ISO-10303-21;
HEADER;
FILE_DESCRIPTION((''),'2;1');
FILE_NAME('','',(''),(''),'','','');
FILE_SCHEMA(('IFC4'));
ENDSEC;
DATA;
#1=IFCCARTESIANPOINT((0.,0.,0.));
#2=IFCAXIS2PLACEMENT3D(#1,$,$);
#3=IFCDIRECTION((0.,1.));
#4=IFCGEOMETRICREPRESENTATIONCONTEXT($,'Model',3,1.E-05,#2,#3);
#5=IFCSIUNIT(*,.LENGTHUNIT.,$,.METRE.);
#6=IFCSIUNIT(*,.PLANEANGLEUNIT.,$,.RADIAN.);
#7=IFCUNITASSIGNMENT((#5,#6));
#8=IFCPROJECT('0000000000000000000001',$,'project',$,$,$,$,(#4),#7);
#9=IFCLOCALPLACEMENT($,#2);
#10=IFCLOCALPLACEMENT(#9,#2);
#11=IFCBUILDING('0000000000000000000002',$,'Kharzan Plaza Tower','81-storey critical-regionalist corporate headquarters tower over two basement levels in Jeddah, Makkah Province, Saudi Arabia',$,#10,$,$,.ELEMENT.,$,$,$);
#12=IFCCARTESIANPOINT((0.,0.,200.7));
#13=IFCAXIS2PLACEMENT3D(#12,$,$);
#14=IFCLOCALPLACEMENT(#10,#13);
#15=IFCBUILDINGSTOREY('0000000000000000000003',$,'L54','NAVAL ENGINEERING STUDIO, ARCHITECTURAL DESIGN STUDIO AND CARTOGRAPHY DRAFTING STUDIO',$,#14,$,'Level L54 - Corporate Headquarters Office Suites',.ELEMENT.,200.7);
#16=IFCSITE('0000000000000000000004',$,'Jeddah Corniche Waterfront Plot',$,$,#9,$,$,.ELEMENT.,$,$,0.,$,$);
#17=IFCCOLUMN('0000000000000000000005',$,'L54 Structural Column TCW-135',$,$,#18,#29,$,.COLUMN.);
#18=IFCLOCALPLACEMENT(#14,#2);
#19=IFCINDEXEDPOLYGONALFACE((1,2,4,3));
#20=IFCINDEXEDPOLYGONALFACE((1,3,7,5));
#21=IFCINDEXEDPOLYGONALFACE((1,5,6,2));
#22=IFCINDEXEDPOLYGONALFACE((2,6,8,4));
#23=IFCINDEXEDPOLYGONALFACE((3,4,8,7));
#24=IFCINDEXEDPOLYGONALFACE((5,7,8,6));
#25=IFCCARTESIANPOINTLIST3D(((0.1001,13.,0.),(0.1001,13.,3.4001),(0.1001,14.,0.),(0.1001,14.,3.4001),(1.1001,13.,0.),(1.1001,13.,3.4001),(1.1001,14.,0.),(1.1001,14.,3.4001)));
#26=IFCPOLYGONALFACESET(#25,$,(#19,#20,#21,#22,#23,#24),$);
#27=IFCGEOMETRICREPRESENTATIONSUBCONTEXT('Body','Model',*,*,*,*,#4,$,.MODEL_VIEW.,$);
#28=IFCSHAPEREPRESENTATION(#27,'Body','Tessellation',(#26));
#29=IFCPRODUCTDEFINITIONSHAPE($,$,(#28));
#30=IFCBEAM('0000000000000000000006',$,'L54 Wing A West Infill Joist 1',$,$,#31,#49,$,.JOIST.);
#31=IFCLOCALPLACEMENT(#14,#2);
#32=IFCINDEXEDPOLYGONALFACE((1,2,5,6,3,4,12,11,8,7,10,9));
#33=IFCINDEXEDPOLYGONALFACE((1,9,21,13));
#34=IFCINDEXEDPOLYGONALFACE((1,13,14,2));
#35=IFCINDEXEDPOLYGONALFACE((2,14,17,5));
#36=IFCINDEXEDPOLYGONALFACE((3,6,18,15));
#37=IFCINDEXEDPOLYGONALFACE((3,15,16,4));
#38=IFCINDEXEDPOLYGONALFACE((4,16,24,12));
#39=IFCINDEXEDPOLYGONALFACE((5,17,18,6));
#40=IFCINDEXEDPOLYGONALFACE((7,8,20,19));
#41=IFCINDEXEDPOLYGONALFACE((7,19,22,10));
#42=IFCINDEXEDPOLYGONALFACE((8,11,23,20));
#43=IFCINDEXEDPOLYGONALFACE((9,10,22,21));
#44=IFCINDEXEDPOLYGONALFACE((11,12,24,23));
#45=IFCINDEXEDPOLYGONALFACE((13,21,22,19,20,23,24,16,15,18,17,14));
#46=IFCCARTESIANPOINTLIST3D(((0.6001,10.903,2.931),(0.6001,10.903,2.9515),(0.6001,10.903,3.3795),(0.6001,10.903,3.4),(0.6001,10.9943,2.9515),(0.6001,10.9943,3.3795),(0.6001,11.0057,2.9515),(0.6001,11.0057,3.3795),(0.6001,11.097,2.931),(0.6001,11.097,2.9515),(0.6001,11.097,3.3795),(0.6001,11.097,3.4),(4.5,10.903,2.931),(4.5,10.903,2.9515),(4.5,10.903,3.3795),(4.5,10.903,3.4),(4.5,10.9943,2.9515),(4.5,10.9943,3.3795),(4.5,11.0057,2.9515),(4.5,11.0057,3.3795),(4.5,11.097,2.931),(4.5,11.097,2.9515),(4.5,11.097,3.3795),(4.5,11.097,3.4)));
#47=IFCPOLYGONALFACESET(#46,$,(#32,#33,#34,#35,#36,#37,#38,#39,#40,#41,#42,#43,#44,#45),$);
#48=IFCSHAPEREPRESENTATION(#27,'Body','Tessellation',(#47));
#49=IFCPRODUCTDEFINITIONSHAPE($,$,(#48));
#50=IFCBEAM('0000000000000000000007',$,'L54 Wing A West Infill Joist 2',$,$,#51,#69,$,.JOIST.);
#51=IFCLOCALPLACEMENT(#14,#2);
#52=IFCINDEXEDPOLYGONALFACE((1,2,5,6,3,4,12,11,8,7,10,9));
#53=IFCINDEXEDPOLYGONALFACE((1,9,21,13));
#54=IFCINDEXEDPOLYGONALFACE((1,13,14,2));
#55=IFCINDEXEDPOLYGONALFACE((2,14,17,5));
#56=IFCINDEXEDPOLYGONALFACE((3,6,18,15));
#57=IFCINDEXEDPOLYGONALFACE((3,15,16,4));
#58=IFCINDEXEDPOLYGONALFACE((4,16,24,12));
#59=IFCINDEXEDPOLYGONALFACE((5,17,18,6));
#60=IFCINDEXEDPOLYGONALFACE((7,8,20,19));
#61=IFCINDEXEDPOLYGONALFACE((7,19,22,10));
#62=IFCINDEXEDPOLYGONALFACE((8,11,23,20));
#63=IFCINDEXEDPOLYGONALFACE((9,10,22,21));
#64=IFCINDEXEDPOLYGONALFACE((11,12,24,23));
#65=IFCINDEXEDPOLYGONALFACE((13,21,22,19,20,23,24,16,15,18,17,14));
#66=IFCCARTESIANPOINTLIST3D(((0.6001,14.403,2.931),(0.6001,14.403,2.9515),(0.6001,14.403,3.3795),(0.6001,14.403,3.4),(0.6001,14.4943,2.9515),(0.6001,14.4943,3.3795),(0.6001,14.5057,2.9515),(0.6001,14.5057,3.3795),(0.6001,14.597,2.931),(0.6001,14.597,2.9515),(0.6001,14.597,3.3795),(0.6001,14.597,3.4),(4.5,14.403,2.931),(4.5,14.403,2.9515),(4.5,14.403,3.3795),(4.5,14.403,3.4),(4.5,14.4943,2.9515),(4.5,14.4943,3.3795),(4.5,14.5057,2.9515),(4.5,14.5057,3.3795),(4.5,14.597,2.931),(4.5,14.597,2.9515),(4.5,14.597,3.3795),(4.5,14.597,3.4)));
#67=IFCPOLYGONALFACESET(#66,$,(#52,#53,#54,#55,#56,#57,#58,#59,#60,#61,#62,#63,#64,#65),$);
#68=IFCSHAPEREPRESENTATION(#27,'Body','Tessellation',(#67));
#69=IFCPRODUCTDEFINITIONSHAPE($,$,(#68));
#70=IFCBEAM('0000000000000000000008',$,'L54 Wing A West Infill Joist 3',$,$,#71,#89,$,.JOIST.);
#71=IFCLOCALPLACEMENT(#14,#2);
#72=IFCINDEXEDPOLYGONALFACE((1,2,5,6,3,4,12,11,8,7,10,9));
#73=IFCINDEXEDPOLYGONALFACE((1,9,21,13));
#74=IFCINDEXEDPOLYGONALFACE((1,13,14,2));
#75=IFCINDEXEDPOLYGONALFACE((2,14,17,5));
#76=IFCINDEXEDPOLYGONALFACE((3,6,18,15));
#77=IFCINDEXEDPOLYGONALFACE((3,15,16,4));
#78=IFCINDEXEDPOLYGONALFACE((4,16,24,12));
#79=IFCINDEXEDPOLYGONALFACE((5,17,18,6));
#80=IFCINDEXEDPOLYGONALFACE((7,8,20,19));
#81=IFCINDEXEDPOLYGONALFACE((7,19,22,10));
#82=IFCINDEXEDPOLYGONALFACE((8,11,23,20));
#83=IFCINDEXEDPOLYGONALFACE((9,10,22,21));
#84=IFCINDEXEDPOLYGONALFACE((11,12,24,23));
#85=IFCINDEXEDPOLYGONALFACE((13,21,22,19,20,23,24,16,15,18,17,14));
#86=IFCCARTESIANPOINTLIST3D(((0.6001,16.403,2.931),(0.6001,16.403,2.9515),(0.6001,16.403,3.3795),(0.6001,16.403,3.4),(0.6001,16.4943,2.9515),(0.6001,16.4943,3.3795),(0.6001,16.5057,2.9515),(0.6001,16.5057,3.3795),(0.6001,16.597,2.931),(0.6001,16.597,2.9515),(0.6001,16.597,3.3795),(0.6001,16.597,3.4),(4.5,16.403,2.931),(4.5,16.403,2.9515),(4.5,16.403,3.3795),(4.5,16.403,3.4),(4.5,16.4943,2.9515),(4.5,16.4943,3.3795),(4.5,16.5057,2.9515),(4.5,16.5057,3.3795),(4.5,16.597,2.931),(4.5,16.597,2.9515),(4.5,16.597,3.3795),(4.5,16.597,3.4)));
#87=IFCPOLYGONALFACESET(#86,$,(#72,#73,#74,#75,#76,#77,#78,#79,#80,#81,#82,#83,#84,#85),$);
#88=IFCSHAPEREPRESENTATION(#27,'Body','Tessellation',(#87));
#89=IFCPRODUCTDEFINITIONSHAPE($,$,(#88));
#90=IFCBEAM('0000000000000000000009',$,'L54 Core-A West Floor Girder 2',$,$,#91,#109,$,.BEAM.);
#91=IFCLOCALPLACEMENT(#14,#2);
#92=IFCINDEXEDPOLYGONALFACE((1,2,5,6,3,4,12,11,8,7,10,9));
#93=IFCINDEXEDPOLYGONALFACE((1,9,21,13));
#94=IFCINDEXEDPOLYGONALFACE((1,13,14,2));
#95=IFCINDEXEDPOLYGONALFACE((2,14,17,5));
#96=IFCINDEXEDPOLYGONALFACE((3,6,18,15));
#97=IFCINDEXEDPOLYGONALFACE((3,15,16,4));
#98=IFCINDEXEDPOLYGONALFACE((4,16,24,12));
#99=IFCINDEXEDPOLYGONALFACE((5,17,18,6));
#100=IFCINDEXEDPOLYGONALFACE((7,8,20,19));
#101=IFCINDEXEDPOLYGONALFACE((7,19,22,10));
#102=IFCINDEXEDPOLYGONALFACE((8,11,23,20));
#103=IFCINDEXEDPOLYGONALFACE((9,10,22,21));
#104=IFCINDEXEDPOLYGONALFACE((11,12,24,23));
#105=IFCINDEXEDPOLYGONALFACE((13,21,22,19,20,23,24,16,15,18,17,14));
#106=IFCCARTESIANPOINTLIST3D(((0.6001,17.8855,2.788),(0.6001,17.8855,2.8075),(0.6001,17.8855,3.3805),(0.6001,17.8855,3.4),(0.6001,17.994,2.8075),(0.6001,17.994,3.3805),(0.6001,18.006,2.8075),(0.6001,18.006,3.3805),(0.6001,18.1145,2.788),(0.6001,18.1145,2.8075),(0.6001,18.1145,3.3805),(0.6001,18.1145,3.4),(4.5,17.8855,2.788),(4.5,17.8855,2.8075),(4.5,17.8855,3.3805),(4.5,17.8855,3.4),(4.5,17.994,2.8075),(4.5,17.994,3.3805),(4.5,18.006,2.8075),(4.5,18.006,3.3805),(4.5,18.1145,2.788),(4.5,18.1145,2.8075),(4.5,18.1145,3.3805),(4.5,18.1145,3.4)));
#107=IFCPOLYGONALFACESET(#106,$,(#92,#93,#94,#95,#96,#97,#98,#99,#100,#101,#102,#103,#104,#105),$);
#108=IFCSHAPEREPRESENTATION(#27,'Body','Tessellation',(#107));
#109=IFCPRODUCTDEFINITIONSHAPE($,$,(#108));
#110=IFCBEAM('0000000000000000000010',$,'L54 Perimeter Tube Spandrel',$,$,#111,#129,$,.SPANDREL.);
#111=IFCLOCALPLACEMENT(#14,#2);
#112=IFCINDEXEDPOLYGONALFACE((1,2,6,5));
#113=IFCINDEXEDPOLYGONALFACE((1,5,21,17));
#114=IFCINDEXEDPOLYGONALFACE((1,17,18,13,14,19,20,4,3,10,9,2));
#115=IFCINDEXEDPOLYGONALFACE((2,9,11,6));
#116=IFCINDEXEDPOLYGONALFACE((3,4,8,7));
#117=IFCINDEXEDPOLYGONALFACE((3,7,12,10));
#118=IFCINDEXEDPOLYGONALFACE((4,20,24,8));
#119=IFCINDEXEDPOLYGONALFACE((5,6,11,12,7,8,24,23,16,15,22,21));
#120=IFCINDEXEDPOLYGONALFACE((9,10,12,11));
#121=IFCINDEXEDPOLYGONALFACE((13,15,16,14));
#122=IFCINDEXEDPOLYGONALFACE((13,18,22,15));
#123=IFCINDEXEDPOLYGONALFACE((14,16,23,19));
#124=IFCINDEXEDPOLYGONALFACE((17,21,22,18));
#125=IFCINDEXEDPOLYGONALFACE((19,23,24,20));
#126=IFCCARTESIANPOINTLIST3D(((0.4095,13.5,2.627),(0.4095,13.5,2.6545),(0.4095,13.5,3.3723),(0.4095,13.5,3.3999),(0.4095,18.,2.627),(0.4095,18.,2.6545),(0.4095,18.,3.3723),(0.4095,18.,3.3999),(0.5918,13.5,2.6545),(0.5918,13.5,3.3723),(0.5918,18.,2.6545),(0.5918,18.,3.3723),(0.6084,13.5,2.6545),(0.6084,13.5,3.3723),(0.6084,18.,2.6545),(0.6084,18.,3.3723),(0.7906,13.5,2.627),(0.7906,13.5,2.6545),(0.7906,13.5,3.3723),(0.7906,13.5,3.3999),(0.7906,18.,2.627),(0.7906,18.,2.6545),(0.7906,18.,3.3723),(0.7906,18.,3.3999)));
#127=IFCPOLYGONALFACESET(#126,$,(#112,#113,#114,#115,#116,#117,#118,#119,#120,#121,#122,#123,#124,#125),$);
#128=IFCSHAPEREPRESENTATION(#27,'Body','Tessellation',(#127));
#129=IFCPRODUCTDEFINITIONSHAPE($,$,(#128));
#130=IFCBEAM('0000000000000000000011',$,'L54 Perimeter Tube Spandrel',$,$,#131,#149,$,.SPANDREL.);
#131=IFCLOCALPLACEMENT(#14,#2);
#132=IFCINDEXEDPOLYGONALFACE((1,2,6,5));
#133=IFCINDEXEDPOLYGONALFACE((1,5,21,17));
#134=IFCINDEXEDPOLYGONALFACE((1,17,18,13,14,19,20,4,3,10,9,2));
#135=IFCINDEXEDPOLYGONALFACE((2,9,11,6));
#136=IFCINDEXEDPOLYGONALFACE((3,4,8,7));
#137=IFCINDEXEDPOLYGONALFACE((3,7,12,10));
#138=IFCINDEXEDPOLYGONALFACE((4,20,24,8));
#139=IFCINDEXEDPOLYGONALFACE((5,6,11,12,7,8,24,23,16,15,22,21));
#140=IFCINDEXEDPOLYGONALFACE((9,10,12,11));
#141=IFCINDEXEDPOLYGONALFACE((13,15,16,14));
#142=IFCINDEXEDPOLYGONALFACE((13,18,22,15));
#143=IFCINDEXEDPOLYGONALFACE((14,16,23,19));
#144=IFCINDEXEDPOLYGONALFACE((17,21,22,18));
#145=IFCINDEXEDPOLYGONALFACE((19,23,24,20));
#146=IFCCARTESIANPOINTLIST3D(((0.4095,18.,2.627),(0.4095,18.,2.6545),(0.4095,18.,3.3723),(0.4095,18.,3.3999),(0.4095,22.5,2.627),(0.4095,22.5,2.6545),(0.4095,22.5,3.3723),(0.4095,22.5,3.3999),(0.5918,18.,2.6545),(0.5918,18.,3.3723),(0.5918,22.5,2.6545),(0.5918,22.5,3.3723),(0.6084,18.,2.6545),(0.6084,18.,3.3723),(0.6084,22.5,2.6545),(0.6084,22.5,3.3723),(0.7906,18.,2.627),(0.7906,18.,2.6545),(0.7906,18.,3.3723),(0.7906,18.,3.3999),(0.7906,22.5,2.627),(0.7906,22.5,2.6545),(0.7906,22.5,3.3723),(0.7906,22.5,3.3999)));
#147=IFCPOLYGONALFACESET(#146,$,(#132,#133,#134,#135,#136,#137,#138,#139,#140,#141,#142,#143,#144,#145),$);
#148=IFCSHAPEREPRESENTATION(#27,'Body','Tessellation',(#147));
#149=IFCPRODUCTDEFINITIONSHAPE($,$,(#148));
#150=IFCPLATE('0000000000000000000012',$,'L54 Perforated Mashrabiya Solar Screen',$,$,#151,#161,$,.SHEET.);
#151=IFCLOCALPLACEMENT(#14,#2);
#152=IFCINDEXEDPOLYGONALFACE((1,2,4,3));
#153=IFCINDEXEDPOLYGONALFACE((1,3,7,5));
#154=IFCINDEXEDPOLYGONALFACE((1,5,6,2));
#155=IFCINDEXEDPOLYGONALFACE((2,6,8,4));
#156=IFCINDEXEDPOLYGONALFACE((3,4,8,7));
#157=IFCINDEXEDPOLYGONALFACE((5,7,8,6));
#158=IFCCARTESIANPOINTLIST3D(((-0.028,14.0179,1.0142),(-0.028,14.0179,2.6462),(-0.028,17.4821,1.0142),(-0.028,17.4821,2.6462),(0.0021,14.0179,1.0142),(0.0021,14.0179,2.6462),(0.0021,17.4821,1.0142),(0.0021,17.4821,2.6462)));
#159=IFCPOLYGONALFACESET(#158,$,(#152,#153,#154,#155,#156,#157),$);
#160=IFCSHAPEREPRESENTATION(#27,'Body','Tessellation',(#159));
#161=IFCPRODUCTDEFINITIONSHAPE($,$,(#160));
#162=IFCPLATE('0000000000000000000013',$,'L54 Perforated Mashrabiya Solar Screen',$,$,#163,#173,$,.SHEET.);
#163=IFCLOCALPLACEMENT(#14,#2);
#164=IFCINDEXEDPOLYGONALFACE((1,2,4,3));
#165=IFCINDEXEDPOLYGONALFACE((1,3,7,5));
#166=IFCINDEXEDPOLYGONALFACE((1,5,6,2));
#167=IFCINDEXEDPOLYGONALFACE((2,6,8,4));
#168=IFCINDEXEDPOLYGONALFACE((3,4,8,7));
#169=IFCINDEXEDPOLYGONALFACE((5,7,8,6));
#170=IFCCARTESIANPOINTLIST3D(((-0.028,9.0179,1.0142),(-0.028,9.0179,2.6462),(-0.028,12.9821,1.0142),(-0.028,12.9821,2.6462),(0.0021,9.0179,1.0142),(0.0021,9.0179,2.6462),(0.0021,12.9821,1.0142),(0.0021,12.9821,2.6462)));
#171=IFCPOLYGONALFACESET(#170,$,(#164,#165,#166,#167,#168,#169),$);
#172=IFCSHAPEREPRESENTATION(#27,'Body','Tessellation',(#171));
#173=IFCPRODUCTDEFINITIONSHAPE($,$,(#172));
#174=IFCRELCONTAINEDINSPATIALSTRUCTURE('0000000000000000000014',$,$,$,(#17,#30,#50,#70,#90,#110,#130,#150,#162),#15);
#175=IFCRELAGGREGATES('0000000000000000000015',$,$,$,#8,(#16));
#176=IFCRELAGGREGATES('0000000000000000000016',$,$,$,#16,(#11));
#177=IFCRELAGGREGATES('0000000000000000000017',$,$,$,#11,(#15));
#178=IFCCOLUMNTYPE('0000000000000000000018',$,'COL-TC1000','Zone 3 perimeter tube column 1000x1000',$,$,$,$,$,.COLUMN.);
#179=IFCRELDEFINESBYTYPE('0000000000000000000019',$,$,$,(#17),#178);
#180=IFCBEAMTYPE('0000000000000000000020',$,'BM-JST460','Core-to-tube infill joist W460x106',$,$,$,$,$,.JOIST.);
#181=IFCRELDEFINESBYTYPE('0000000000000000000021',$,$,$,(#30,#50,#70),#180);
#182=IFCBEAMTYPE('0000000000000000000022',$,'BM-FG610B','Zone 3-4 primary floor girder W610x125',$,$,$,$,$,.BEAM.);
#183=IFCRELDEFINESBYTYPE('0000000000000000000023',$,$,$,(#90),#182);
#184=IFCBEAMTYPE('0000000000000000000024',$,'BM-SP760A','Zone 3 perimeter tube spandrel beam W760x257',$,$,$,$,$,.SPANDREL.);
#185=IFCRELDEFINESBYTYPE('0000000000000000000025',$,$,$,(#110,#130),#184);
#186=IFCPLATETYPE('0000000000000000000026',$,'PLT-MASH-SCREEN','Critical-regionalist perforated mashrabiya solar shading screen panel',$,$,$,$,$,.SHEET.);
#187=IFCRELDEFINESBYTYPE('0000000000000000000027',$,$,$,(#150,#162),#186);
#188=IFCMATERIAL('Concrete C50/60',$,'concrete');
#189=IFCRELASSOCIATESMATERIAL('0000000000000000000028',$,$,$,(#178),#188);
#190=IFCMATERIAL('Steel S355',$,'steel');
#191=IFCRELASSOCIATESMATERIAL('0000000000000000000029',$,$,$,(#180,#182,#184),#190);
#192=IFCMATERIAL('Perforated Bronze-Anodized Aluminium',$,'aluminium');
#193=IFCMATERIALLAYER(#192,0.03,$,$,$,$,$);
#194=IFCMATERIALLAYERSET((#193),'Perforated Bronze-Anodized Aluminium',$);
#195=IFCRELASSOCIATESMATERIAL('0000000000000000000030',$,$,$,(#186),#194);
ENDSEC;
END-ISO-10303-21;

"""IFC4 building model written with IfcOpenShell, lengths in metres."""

from ifc_helpers import new_model, si_unit, direction, frame, origin, origin_2d, place, context, subcontext, project, spatial, rectangle, i_section, extrude, source, transform, mapped, material, layer, layer_set, material_profile, profile_set, type_object, element, save


model = new_model("IFC4")

# Units and contexts
model_context = context("Model", 3, precision=1e-05, world=origin(), true_north=direction((0.0, 1.0)))
body_context = subcontext(model_context, "Body", "Model", "MODEL_VIEW")
ifc_project = project(units=[si_unit("LENGTHUNIT", "METRE"), si_unit("PLANEANGLEUNIT", "RADIAN")], contexts=[model_context])

# Site, building, storey
site_placement = place(None, origin())
site = spatial("IfcSite", under=ifc_project, at=site_placement, Name="Jeddah Corniche Waterfront Plot", CompositionType="ELEMENT", RefElevation=0.0)
building_placement = place(site_placement, origin())
building = spatial("IfcBuilding", under=site, at=building_placement, Name="Kharzan Plaza Tower", Description="81-storey critical-regionalist corporate headquarters tower over two basement levels in Jeddah, Makkah Province, Saudi Arabia", CompositionType="ELEMENT")
storey_placement = place(building_placement, frame((0.0, 0.0, 200.7)))
storey = spatial("IfcBuildingStorey", under=building, at=storey_placement, Name="L54", Description="NAVAL ENGINEERING STUDIO, ARCHITECTURAL DESIGN STUDIO AND CARTOGRAPHY DRAFTING STUDIO", LongName="Level L54 - Corporate Headquarters Office Suites", CompositionType="ELEMENT", Elevation=200.7)

# Column
ifc_material_1 = material(Name="Concrete C50/60", Category="concrete")
ifc_material_profile_1 = material_profile(ifc_material_1, rectangle(XDim=1.0, YDim=1.0, at=origin_2d()), Name="RC-TC1000x1000")
ifc_profile_set_1 = profile_set([ifc_material_profile_1], Name="Concrete C50/60")
column_type = type_object("IfcColumnType", Name="COL-TC1000", Description="Zone 3 perimeter tube column 1000x1000", PredefinedType="COLUMN", material=ifc_profile_set_1)
shared_shape_1 = source(origin(), body_context, "Body", "SweptSolid", [
    extrude(rectangle(XDim=1.0, YDim=1.0, at=origin_2d()), origin(), (0.0, 0.0, 1.0), 3.4001),
])
column_placement = place(storey_placement, frame((0.6001, 13.5, 0.0), z_axis=(0.0, 0.0, 1.0), x_axis=(1.0, 0.0, 0.0)))
element("IfcColumn", 1, at=column_placement, inside=storey, type_object=column_type, Name="L54 Structural Column TCW-135", PredefinedType="COLUMN", context=body_context, shape_type="MappedRepresentation", body=[
    mapped(shared_shape_1, transform((0.0, 0.0, 0.0), x_axis=(1.0, 0.0, 0.0), y_axis=(0.0, 1.0, 0.0), z_axis=(0.0, 0.0, 1.0))),
])

# Beams
ifc_material_2 = material(Name="Steel S355", Category="steel")
ifc_material_profile_2 = material_profile(ifc_material_2, i_section(OverallWidth=0.1941, OverallDepth=0.469, WebThickness=0.0115, FlangeThickness=0.0205, at=origin_2d()), Name="W460x106")
ifc_profile_set_2 = profile_set([ifc_material_profile_2], Name="Steel S355")
beam_type_1 = type_object("IfcBeamType", Name="BM-JST460", Description="Core-to-tube infill joist W460x106", PredefinedType="JOIST", material=ifc_profile_set_2)
shared_shape_2 = source(origin(), body_context, "Body", "SweptSolid", [
    extrude(i_section(OverallWidth=0.1941, OverallDepth=0.469, WebThickness=0.0115, FlangeThickness=0.0205, at=origin_2d()), origin(), (0.0, 0.0, 1.0), 3.8999),
])
for number, where, z_axis, x_axis, name in (
    (2, (0.6001, 11.0, 3.1655), (1.0, 0.0, 0.0), (0.0, 1.0, 0.0), "L54 Wing A West Infill Joist 1"),
    (3, (0.6001, 14.5, 3.1655), (1.0, 0.0, 0.0), (0.0, 1.0, 0.0), "L54 Wing A West Infill Joist 2"),
    (4, (0.6001, 16.5, 3.1655), (1.0, 0.0, 0.0), (0.0, 1.0, 0.0), "L54 Wing A West Infill Joist 3"),
):
    element("IfcBeam", number, at=place(storey_placement, frame(where, z_axis=z_axis, x_axis=x_axis)), inside=storey, type_object=beam_type_1, Name=name, PredefinedType="JOIST", context=body_context, shape_type="MappedRepresentation", body=[
        mapped(shared_shape_2, transform((0.0, 0.0, 0.0), x_axis=(1.0, 0.0, 0.0), y_axis=(0.0, 1.0, 0.0), z_axis=(0.0, 0.0, 1.0))),
    ])
ifc_material_profile_3 = material_profile(ifc_material_2, i_section(OverallWidth=0.229, OverallDepth=0.6121, WebThickness=0.012, FlangeThickness=0.0195, at=origin_2d()), Name="W610x125")
ifc_profile_set_3 = profile_set([ifc_material_profile_3], Name="Steel S355")
beam_type_2 = type_object("IfcBeamType", Name="BM-FG610B", Description="Zone 3-4 primary floor girder W610x125", PredefinedType="BEAM", material=ifc_profile_set_3)
shared_shape_3 = source(origin(), body_context, "Body", "SweptSolid", [
    extrude(i_section(OverallWidth=0.229, OverallDepth=0.6121, WebThickness=0.012, FlangeThickness=0.0195, at=origin_2d()), origin(), (0.0, 0.0, 1.0), 3.8999),
])
beam_placement = place(storey_placement, frame((0.6001, 18.0, 3.094), z_axis=(1.0, 0.0, 0.0), x_axis=(0.0, 1.0, 0.0)))
element("IfcBeam", 5, at=beam_placement, inside=storey, type_object=beam_type_2, Name="L54 Core-A West Floor Girder 2", PredefinedType="BEAM", context=body_context, shape_type="MappedRepresentation", body=[
    mapped(shared_shape_3, transform((0.0, 0.0, 0.0), x_axis=(1.0, 0.0, 0.0), y_axis=(0.0, 1.0, 0.0), z_axis=(0.0, 0.0, 1.0))),
])
ifc_material_profile_4 = material_profile(ifc_material_2, i_section(OverallWidth=0.3811, OverallDepth=0.7729, WebThickness=0.0166, FlangeThickness=0.0276, at=origin_2d()), Name="W760x257")
ifc_profile_set_4 = profile_set([ifc_material_profile_4], Name="Steel S355")
beam_type_3 = type_object("IfcBeamType", Name="BM-SP760A", Description="Zone 3 perimeter tube spandrel beam W760x257", PredefinedType="SPANDREL", material=ifc_profile_set_4)
shared_shape_4 = source(origin(), body_context, "Body", "SweptSolid", [
    extrude(i_section(OverallWidth=0.3811, OverallDepth=0.7729, WebThickness=0.0166, FlangeThickness=0.0276, at=origin_2d()), origin(), (0.0, 0.0, 1.0), 4.5),
])
for number, where, z_axis, x_axis, name in (
    (6, (0.6001, 13.5, 3.0134), (0.0, 1.0, 0.0), (-1.0, 0.0, 0.0), "L54 Perimeter Tube Spandrel"),
    (7, (0.6001, 18.0, 3.0134), (0.0, 1.0, 0.0), (-1.0, 0.0, 0.0), "L54 Perimeter Tube Spandrel"),
):
    element("IfcBeam", number, at=place(storey_placement, frame(where, z_axis=z_axis, x_axis=x_axis)), inside=storey, type_object=beam_type_3, Name=name, PredefinedType="SPANDREL", context=body_context, shape_type="MappedRepresentation", body=[
        mapped(shared_shape_4, transform((0.0, 0.0, 0.0), x_axis=(1.0, 0.0, 0.0), y_axis=(0.0, 1.0, 0.0), z_axis=(0.0, 0.0, 1.0))),
    ])

# Plates
ifc_material_3 = material(Name="Perforated Bronze-Anodized Aluminium", Category="aluminium")
ifc_layer_1 = layer(ifc_material_3, 0.03)
ifc_layer_set_1 = layer_set([ifc_layer_1], Name="Perforated Bronze-Anodized Aluminium")
plate_type = type_object("IfcPlateType", Name="PLT-MASH-SCREEN", Description="Critical-regionalist perforated mashrabiya solar shading screen panel", PredefinedType="SHEET", material=ifc_layer_set_1)
shared_shape_5 = source(origin(), body_context, "Body", "SweptSolid", [
    extrude(rectangle(XDim=3.4641, YDim=0.03, at=origin_2d()), origin(), (0.0, 0.0, 1.0), 1.6321),
])
plate_1_placement = place(storey_placement, frame((-0.0129, 15.75, 1.0142), z_axis=(0.0, 0.0, 1.0), x_axis=(0.0, -1.0, 0.0)))
element("IfcPlate", 8, at=plate_1_placement, inside=storey, type_object=plate_type, Name="L54 Perforated Mashrabiya Solar Screen", PredefinedType="SHEET", context=body_context, shape_type="MappedRepresentation", body=[
    mapped(shared_shape_5, transform((0.0, 0.0, 0.0), x_axis=(1.0, 0.0, 0.0), y_axis=(0.0, 1.0, 0.0), z_axis=(0.0, 0.0, 1.0))),
])
shared_shape_6 = source(origin(), body_context, "Body", "SweptSolid", [
    extrude(rectangle(XDim=3.9641, YDim=0.03, at=origin_2d()), origin(), (0.0, 0.0, 1.0), 1.6321),
])
plate_2_placement = place(storey_placement, frame((-0.0129, 11.0, 1.0142), z_axis=(0.0, 0.0, 1.0), x_axis=(0.0, -1.0, 0.0)))
element("IfcPlate", 9, at=plate_2_placement, inside=storey, type_object=plate_type, Name="L54 Perforated Mashrabiya Solar Screen", PredefinedType="SHEET", context=body_context, shape_type="MappedRepresentation", body=[
    mapped(shared_shape_6, transform((0.0, 0.0, 0.0), x_axis=(1.0, 0.0, 0.0), y_axis=(0.0, 1.0, 0.0), z_axis=(0.0, 0.0, 1.0))),
])

save(model, "model.ifc")
